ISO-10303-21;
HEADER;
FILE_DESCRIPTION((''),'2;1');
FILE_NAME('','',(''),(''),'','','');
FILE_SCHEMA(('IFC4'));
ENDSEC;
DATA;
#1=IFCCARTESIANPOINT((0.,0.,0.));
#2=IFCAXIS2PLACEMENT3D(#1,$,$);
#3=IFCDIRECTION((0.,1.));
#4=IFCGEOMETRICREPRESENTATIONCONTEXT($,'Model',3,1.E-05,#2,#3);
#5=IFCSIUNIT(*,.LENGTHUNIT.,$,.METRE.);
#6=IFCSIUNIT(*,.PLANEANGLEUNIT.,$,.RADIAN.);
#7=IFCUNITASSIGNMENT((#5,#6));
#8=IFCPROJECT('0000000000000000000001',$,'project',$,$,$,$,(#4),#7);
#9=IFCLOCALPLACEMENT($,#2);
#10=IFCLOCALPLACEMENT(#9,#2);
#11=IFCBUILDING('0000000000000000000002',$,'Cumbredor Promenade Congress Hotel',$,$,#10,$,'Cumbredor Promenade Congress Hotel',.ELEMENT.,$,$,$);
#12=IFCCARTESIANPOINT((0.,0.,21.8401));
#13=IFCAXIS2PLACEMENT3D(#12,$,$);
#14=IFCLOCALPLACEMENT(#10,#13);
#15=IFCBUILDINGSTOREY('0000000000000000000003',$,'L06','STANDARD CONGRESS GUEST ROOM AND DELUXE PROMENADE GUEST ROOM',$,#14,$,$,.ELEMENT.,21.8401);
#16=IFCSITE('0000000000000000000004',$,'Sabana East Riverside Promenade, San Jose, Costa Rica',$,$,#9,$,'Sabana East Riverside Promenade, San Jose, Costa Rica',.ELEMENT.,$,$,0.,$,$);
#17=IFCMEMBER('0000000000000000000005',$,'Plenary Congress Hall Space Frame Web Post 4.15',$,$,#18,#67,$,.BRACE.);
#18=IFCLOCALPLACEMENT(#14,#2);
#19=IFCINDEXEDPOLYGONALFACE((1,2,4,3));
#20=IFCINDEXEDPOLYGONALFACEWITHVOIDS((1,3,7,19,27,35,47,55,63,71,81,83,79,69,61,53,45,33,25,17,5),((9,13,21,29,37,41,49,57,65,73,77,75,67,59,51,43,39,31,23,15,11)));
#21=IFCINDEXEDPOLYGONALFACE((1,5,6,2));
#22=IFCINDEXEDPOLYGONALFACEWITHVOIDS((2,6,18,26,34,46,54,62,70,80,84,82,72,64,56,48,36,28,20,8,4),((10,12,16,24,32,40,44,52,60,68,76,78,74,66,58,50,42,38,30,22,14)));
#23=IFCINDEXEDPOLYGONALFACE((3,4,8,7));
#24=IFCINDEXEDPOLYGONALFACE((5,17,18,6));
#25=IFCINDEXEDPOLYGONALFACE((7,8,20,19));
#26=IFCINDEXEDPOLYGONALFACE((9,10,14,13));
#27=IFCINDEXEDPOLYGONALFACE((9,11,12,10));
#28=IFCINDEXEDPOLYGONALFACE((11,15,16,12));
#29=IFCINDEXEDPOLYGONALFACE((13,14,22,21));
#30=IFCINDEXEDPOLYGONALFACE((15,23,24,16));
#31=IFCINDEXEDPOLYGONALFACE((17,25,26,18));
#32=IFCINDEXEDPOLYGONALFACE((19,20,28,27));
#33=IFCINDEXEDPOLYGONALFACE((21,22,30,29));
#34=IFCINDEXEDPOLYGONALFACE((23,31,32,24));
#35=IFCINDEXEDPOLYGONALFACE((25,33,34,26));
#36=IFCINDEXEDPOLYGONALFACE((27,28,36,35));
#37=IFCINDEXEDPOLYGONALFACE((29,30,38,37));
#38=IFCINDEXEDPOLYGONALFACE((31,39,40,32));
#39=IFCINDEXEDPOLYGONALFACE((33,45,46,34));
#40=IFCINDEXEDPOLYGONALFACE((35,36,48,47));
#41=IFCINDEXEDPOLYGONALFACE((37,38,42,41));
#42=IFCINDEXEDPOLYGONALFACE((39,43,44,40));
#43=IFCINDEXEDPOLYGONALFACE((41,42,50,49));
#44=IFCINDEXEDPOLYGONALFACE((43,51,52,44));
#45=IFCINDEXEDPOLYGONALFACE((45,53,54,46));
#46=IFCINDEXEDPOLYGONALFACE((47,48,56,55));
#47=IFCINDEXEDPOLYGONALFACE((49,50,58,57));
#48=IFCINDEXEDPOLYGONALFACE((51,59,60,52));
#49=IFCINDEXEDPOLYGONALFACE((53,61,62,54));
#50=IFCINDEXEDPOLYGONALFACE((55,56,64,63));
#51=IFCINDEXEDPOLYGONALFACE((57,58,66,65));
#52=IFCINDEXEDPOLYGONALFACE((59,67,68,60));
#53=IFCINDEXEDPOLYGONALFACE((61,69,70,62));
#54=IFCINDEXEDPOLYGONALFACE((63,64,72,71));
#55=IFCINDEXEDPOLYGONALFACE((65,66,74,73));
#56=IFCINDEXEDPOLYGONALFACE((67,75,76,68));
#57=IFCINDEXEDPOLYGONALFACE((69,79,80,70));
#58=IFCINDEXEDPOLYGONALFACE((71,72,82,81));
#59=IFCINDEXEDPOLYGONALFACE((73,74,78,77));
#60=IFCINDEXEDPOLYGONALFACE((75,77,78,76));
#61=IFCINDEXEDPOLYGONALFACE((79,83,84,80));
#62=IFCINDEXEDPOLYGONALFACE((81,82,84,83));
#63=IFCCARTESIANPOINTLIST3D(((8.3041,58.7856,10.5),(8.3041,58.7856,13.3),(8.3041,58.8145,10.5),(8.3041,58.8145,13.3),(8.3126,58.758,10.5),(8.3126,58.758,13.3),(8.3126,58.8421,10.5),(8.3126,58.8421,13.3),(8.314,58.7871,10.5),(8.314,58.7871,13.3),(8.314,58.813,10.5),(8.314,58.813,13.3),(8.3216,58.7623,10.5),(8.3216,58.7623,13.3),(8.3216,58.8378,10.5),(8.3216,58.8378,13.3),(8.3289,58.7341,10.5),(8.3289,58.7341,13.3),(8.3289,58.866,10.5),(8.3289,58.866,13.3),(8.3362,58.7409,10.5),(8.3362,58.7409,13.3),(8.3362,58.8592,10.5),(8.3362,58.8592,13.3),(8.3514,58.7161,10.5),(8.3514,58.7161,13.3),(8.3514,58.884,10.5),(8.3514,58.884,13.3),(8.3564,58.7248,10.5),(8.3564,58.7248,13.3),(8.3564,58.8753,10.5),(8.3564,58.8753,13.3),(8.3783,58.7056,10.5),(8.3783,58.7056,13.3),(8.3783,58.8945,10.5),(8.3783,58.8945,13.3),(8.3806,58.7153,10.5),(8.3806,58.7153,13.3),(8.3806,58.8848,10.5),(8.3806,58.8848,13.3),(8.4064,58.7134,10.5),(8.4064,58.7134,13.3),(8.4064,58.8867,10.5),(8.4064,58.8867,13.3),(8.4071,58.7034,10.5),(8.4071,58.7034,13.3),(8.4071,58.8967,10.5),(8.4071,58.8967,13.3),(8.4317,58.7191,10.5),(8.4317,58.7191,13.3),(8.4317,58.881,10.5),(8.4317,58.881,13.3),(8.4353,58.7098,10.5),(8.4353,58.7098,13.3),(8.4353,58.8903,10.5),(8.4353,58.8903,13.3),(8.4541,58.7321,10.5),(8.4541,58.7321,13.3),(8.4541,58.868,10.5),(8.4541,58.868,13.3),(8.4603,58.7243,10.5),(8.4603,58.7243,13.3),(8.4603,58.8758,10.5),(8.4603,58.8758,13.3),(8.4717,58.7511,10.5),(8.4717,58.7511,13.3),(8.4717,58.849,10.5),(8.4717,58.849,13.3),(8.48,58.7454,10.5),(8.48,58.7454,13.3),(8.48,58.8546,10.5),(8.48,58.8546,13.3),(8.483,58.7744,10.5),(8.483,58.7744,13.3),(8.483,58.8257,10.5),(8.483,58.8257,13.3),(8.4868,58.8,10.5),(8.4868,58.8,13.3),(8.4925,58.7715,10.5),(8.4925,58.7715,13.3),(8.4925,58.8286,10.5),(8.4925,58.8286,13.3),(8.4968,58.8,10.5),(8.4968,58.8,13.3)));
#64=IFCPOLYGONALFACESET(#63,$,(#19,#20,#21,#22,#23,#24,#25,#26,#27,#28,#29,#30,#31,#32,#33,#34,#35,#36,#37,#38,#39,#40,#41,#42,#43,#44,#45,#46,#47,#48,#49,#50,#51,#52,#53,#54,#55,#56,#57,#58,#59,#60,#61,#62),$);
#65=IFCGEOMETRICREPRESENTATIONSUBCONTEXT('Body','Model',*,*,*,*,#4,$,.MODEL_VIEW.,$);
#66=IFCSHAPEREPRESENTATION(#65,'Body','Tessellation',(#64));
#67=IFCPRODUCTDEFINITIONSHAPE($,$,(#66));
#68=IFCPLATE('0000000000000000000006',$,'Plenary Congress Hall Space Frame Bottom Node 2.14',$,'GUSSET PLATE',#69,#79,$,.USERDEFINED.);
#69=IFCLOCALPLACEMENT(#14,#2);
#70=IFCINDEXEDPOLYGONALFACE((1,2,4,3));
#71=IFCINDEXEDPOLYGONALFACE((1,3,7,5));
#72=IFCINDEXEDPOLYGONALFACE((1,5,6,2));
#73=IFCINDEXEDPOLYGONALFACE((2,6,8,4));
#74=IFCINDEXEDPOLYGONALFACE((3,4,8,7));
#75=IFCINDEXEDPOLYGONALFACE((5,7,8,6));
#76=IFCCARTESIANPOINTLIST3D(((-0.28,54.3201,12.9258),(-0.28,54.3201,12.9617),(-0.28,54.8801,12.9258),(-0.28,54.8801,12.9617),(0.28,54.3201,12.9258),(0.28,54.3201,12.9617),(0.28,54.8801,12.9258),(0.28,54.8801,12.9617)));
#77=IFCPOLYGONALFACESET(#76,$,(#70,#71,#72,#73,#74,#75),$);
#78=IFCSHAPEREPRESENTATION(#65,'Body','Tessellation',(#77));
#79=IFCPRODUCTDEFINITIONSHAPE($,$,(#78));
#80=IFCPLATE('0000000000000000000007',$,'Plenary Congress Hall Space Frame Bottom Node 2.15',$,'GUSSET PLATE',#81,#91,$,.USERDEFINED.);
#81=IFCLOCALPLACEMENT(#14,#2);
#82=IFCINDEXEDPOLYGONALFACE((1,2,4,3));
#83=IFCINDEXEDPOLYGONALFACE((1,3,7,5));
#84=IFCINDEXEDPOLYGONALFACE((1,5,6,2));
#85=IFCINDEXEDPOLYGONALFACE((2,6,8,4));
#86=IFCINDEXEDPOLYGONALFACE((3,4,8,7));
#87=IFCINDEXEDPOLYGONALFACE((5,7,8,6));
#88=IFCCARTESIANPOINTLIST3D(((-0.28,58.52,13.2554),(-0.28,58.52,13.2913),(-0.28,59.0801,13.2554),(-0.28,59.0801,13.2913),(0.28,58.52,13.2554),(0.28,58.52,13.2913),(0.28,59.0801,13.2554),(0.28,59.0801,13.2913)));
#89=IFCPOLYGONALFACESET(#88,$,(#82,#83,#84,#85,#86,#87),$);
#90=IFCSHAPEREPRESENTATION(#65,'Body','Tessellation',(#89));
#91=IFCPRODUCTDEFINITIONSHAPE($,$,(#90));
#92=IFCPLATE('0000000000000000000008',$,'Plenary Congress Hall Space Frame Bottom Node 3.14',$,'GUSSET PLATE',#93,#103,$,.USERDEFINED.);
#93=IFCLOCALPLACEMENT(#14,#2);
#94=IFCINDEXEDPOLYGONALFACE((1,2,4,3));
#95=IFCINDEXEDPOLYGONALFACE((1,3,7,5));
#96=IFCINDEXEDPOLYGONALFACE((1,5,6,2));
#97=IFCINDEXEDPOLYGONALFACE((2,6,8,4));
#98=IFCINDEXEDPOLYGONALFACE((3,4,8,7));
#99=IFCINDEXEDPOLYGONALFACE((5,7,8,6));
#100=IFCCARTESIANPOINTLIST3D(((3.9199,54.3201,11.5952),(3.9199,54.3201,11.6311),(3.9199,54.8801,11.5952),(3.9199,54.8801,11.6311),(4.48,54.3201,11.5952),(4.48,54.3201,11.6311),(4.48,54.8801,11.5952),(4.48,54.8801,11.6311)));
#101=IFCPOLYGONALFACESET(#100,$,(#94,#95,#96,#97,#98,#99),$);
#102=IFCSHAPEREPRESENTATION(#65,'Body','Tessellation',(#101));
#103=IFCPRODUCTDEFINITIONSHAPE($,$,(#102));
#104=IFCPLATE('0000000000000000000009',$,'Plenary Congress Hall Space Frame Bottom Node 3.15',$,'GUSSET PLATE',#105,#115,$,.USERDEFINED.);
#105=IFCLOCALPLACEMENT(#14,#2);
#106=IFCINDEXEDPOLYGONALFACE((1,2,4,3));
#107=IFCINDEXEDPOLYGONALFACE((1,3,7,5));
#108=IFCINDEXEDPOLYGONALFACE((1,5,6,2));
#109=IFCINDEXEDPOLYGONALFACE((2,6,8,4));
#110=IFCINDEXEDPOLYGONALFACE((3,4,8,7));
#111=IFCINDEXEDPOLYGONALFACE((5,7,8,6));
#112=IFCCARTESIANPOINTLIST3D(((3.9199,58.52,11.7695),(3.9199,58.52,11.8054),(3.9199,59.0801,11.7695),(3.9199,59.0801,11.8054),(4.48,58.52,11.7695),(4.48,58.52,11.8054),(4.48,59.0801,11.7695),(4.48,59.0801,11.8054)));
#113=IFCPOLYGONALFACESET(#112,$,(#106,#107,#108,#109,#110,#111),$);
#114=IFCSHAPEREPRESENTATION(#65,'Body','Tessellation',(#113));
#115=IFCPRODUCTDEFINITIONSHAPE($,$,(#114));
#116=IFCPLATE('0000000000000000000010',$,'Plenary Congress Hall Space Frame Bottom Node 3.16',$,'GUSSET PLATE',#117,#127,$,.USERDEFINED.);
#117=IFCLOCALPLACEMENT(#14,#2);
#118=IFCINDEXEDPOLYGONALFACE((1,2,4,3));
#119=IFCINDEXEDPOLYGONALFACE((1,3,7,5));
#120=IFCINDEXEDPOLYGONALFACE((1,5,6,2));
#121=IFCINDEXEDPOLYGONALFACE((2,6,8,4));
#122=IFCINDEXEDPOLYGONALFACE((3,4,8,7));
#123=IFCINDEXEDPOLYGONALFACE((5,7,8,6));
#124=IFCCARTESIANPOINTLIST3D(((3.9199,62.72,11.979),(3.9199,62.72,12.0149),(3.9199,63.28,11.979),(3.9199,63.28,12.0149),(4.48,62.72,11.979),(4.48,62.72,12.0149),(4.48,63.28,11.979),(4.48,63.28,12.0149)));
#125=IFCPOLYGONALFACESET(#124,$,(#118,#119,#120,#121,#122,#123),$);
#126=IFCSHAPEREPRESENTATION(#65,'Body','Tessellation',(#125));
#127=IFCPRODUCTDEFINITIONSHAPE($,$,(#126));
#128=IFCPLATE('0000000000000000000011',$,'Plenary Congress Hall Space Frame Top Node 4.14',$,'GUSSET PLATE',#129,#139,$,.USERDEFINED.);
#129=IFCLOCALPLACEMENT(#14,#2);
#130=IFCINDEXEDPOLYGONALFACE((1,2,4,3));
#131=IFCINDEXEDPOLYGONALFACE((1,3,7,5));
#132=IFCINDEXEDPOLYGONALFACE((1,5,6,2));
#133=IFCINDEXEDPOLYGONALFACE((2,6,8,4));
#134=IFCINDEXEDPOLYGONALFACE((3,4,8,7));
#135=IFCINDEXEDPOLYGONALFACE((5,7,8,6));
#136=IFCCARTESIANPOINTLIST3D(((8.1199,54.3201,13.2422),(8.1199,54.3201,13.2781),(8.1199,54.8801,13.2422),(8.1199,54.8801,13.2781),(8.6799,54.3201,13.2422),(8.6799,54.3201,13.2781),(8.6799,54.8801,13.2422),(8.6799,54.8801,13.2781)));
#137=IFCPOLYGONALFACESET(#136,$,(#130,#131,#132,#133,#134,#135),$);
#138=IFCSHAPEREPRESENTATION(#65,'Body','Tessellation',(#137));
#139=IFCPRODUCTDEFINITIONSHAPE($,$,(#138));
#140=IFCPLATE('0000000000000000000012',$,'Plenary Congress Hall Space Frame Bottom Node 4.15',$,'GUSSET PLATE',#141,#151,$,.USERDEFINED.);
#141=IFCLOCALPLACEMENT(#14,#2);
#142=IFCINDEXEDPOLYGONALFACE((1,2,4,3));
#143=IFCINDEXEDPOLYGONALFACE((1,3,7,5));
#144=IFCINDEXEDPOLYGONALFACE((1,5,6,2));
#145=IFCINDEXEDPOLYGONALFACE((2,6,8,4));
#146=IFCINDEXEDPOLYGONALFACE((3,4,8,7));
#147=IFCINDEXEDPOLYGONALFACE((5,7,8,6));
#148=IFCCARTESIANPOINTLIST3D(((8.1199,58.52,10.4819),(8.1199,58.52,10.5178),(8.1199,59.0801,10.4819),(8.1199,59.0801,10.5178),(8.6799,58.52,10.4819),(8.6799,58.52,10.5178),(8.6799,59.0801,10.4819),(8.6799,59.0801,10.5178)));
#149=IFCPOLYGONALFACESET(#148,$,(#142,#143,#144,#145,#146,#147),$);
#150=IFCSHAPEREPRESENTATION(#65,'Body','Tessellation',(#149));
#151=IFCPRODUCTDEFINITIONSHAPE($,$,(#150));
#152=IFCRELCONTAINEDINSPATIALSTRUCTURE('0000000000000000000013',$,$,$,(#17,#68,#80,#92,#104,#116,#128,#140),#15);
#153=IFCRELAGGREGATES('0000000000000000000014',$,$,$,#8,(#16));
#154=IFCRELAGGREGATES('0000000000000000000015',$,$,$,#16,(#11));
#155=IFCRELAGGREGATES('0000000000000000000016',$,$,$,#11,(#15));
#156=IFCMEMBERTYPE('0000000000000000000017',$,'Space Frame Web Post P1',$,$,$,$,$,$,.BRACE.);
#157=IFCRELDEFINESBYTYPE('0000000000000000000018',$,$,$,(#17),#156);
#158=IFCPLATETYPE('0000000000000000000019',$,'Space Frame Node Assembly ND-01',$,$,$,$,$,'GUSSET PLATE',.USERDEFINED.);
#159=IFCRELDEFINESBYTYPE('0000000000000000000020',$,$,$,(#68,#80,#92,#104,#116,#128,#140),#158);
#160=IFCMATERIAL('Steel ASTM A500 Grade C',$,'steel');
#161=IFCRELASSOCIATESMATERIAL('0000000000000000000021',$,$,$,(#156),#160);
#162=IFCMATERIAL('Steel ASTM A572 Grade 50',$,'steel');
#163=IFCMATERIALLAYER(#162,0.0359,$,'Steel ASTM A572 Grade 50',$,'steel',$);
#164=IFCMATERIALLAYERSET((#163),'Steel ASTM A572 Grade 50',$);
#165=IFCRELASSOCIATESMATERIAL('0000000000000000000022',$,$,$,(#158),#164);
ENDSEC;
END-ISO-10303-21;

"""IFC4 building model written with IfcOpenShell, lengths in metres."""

from ifc_helpers import new_model, si_unit, direction, frame, origin, origin_2d, place, context, subcontext, project, spatial, rectangle, hollow_circle, extrude, material, layer, layer_set, material_profile, profile_set, type_object, element, save


model = new_model("IFC4")

# Units and contexts
model_context = context("Model", 3, precision=1e-05, world=origin(), true_north=direction((0.0, 1.0)))
body_context = subcontext(model_context, "Body", "Model", "MODEL_VIEW")
ifc_project = project(units=[si_unit("LENGTHUNIT", "METRE"), si_unit("PLANEANGLEUNIT", "RADIAN")], contexts=[model_context])

# Site, building, storey
site_placement = place(None, origin())
site = spatial("IfcSite", under=ifc_project, at=site_placement, Name="Sabana East Riverside Promenade, San Jose, Costa Rica", LongName="Sabana East Riverside Promenade, San Jose, Costa Rica", CompositionType="ELEMENT", RefElevation=0.0)
building_placement = place(site_placement, origin())
building = spatial("IfcBuilding", under=site, at=building_placement, Name="Cumbredor Promenade Congress Hotel", LongName="Cumbredor Promenade Congress Hotel", CompositionType="ELEMENT")
storey_placement = place(building_placement, frame((0.0, 0.0, 21.8401)))
storey = spatial("IfcBuildingStorey", under=building, at=storey_placement, Name="L06", Description="STANDARD CONGRESS GUEST ROOM AND DELUXE PROMENADE GUEST ROOM", CompositionType="ELEMENT", Elevation=21.8401)

# Member
ifc_material_1 = material(Name="Steel ASTM A500 Grade C", Category="steel")
ifc_material_profile_1 = material_profile(ifc_material_1, hollow_circle(Radius=0.0969, WallThickness=0.01, at=origin_2d()), Name="CHS 193.7x10")
ifc_profile_set_1 = profile_set([ifc_material_profile_1], Name="Steel ASTM A500 Grade C")
member_type_1 = type_object("IfcMemberType", Name="Space Frame Web Post P1", PredefinedType="BRACE", material=ifc_profile_set_1)
for number, where, z_axis, x_axis, name in (
    (1, (8.3999, 58.8, 10.5), (0.0, 0.0, 1.0), (1.0, 0.0, 0.0), "Plenary Congress Hall Space Frame Web Post 4.15"),
):
    element("IfcMember", number, at=place(storey_placement, frame(where, z_axis=z_axis, x_axis=x_axis)), inside=storey, type_object=member_type_1, Name=name, PredefinedType="BRACE", context=body_context, shape_type="SweptSolid", body=[
        extrude(hollow_circle(Radius=0.0969, WallThickness=0.01, at=origin_2d()), origin(), (0.0, 0.0, 1.0), 2.8),
    ])

# Plates
ifc_material_2 = material(Name="Steel ASTM A572 Grade 50", Category="steel")
ifc_layer = layer(ifc_material_2, 0.0359, Name="Steel ASTM A572 Grade 50", Category="steel")
ifc_layer_set = layer_set([ifc_layer], Name="Steel ASTM A572 Grade 50")
plate_type = type_object("IfcPlateType", Name="Space Frame Node Assembly ND-01", ElementType="GUSSET PLATE", PredefinedType="USERDEFINED", material=ifc_layer_set)
for number, where, z_axis, x_axis, name in (
    (2, (0.0, 54.6001, 12.9258), (0.0, 0.0, 1.0), (1.0, 0.0, 0.0), "Plenary Congress Hall Space Frame Bottom Node 2.14"),
    (3, (0.0, 58.8, 13.2554), (0.0, 0.0, 1.0), (1.0, 0.0, 0.0), "Plenary Congress Hall Space Frame Bottom Node 2.15"),
    (4, (4.2, 54.6001, 11.5952), (0.0, 0.0, 1.0), (1.0, 0.0, 0.0), "Plenary Congress Hall Space Frame Bottom Node 3.14"),
    (5, (4.2, 58.8, 11.7695), (0.0, 0.0, 1.0), (1.0, 0.0, 0.0), "Plenary Congress Hall Space Frame Bottom Node 3.15"),
    (6, (4.2, 63.0, 11.979), (0.0, 0.0, 1.0), (1.0, 0.0, 0.0), "Plenary Congress Hall Space Frame Bottom Node 3.16"),
    (7, (8.3999, 54.6001, 13.2422), (0.0, 0.0, 1.0), (1.0, 0.0, 0.0), "Plenary Congress Hall Space Frame Top Node 4.14"),
    (8, (8.3999, 58.8, 10.4819), (0.0, 0.0, 1.0), (1.0, 0.0, 0.0), "Plenary Congress Hall Space Frame Bottom Node 4.15"),
):
    element("IfcPlate", number, at=place(storey_placement, frame(where, z_axis=z_axis, x_axis=x_axis)), inside=storey, type_object=plate_type, Name=name, ObjectType="GUSSET PLATE", PredefinedType="USERDEFINED", context=body_context, shape_type="SweptSolid", body=[
        extrude(rectangle(XDim=0.5601, YDim=0.5601, at=origin_2d()), origin(), (0.0, 0.0, 1.0), 0.0359),
    ])

save(model, "model.ifc")
